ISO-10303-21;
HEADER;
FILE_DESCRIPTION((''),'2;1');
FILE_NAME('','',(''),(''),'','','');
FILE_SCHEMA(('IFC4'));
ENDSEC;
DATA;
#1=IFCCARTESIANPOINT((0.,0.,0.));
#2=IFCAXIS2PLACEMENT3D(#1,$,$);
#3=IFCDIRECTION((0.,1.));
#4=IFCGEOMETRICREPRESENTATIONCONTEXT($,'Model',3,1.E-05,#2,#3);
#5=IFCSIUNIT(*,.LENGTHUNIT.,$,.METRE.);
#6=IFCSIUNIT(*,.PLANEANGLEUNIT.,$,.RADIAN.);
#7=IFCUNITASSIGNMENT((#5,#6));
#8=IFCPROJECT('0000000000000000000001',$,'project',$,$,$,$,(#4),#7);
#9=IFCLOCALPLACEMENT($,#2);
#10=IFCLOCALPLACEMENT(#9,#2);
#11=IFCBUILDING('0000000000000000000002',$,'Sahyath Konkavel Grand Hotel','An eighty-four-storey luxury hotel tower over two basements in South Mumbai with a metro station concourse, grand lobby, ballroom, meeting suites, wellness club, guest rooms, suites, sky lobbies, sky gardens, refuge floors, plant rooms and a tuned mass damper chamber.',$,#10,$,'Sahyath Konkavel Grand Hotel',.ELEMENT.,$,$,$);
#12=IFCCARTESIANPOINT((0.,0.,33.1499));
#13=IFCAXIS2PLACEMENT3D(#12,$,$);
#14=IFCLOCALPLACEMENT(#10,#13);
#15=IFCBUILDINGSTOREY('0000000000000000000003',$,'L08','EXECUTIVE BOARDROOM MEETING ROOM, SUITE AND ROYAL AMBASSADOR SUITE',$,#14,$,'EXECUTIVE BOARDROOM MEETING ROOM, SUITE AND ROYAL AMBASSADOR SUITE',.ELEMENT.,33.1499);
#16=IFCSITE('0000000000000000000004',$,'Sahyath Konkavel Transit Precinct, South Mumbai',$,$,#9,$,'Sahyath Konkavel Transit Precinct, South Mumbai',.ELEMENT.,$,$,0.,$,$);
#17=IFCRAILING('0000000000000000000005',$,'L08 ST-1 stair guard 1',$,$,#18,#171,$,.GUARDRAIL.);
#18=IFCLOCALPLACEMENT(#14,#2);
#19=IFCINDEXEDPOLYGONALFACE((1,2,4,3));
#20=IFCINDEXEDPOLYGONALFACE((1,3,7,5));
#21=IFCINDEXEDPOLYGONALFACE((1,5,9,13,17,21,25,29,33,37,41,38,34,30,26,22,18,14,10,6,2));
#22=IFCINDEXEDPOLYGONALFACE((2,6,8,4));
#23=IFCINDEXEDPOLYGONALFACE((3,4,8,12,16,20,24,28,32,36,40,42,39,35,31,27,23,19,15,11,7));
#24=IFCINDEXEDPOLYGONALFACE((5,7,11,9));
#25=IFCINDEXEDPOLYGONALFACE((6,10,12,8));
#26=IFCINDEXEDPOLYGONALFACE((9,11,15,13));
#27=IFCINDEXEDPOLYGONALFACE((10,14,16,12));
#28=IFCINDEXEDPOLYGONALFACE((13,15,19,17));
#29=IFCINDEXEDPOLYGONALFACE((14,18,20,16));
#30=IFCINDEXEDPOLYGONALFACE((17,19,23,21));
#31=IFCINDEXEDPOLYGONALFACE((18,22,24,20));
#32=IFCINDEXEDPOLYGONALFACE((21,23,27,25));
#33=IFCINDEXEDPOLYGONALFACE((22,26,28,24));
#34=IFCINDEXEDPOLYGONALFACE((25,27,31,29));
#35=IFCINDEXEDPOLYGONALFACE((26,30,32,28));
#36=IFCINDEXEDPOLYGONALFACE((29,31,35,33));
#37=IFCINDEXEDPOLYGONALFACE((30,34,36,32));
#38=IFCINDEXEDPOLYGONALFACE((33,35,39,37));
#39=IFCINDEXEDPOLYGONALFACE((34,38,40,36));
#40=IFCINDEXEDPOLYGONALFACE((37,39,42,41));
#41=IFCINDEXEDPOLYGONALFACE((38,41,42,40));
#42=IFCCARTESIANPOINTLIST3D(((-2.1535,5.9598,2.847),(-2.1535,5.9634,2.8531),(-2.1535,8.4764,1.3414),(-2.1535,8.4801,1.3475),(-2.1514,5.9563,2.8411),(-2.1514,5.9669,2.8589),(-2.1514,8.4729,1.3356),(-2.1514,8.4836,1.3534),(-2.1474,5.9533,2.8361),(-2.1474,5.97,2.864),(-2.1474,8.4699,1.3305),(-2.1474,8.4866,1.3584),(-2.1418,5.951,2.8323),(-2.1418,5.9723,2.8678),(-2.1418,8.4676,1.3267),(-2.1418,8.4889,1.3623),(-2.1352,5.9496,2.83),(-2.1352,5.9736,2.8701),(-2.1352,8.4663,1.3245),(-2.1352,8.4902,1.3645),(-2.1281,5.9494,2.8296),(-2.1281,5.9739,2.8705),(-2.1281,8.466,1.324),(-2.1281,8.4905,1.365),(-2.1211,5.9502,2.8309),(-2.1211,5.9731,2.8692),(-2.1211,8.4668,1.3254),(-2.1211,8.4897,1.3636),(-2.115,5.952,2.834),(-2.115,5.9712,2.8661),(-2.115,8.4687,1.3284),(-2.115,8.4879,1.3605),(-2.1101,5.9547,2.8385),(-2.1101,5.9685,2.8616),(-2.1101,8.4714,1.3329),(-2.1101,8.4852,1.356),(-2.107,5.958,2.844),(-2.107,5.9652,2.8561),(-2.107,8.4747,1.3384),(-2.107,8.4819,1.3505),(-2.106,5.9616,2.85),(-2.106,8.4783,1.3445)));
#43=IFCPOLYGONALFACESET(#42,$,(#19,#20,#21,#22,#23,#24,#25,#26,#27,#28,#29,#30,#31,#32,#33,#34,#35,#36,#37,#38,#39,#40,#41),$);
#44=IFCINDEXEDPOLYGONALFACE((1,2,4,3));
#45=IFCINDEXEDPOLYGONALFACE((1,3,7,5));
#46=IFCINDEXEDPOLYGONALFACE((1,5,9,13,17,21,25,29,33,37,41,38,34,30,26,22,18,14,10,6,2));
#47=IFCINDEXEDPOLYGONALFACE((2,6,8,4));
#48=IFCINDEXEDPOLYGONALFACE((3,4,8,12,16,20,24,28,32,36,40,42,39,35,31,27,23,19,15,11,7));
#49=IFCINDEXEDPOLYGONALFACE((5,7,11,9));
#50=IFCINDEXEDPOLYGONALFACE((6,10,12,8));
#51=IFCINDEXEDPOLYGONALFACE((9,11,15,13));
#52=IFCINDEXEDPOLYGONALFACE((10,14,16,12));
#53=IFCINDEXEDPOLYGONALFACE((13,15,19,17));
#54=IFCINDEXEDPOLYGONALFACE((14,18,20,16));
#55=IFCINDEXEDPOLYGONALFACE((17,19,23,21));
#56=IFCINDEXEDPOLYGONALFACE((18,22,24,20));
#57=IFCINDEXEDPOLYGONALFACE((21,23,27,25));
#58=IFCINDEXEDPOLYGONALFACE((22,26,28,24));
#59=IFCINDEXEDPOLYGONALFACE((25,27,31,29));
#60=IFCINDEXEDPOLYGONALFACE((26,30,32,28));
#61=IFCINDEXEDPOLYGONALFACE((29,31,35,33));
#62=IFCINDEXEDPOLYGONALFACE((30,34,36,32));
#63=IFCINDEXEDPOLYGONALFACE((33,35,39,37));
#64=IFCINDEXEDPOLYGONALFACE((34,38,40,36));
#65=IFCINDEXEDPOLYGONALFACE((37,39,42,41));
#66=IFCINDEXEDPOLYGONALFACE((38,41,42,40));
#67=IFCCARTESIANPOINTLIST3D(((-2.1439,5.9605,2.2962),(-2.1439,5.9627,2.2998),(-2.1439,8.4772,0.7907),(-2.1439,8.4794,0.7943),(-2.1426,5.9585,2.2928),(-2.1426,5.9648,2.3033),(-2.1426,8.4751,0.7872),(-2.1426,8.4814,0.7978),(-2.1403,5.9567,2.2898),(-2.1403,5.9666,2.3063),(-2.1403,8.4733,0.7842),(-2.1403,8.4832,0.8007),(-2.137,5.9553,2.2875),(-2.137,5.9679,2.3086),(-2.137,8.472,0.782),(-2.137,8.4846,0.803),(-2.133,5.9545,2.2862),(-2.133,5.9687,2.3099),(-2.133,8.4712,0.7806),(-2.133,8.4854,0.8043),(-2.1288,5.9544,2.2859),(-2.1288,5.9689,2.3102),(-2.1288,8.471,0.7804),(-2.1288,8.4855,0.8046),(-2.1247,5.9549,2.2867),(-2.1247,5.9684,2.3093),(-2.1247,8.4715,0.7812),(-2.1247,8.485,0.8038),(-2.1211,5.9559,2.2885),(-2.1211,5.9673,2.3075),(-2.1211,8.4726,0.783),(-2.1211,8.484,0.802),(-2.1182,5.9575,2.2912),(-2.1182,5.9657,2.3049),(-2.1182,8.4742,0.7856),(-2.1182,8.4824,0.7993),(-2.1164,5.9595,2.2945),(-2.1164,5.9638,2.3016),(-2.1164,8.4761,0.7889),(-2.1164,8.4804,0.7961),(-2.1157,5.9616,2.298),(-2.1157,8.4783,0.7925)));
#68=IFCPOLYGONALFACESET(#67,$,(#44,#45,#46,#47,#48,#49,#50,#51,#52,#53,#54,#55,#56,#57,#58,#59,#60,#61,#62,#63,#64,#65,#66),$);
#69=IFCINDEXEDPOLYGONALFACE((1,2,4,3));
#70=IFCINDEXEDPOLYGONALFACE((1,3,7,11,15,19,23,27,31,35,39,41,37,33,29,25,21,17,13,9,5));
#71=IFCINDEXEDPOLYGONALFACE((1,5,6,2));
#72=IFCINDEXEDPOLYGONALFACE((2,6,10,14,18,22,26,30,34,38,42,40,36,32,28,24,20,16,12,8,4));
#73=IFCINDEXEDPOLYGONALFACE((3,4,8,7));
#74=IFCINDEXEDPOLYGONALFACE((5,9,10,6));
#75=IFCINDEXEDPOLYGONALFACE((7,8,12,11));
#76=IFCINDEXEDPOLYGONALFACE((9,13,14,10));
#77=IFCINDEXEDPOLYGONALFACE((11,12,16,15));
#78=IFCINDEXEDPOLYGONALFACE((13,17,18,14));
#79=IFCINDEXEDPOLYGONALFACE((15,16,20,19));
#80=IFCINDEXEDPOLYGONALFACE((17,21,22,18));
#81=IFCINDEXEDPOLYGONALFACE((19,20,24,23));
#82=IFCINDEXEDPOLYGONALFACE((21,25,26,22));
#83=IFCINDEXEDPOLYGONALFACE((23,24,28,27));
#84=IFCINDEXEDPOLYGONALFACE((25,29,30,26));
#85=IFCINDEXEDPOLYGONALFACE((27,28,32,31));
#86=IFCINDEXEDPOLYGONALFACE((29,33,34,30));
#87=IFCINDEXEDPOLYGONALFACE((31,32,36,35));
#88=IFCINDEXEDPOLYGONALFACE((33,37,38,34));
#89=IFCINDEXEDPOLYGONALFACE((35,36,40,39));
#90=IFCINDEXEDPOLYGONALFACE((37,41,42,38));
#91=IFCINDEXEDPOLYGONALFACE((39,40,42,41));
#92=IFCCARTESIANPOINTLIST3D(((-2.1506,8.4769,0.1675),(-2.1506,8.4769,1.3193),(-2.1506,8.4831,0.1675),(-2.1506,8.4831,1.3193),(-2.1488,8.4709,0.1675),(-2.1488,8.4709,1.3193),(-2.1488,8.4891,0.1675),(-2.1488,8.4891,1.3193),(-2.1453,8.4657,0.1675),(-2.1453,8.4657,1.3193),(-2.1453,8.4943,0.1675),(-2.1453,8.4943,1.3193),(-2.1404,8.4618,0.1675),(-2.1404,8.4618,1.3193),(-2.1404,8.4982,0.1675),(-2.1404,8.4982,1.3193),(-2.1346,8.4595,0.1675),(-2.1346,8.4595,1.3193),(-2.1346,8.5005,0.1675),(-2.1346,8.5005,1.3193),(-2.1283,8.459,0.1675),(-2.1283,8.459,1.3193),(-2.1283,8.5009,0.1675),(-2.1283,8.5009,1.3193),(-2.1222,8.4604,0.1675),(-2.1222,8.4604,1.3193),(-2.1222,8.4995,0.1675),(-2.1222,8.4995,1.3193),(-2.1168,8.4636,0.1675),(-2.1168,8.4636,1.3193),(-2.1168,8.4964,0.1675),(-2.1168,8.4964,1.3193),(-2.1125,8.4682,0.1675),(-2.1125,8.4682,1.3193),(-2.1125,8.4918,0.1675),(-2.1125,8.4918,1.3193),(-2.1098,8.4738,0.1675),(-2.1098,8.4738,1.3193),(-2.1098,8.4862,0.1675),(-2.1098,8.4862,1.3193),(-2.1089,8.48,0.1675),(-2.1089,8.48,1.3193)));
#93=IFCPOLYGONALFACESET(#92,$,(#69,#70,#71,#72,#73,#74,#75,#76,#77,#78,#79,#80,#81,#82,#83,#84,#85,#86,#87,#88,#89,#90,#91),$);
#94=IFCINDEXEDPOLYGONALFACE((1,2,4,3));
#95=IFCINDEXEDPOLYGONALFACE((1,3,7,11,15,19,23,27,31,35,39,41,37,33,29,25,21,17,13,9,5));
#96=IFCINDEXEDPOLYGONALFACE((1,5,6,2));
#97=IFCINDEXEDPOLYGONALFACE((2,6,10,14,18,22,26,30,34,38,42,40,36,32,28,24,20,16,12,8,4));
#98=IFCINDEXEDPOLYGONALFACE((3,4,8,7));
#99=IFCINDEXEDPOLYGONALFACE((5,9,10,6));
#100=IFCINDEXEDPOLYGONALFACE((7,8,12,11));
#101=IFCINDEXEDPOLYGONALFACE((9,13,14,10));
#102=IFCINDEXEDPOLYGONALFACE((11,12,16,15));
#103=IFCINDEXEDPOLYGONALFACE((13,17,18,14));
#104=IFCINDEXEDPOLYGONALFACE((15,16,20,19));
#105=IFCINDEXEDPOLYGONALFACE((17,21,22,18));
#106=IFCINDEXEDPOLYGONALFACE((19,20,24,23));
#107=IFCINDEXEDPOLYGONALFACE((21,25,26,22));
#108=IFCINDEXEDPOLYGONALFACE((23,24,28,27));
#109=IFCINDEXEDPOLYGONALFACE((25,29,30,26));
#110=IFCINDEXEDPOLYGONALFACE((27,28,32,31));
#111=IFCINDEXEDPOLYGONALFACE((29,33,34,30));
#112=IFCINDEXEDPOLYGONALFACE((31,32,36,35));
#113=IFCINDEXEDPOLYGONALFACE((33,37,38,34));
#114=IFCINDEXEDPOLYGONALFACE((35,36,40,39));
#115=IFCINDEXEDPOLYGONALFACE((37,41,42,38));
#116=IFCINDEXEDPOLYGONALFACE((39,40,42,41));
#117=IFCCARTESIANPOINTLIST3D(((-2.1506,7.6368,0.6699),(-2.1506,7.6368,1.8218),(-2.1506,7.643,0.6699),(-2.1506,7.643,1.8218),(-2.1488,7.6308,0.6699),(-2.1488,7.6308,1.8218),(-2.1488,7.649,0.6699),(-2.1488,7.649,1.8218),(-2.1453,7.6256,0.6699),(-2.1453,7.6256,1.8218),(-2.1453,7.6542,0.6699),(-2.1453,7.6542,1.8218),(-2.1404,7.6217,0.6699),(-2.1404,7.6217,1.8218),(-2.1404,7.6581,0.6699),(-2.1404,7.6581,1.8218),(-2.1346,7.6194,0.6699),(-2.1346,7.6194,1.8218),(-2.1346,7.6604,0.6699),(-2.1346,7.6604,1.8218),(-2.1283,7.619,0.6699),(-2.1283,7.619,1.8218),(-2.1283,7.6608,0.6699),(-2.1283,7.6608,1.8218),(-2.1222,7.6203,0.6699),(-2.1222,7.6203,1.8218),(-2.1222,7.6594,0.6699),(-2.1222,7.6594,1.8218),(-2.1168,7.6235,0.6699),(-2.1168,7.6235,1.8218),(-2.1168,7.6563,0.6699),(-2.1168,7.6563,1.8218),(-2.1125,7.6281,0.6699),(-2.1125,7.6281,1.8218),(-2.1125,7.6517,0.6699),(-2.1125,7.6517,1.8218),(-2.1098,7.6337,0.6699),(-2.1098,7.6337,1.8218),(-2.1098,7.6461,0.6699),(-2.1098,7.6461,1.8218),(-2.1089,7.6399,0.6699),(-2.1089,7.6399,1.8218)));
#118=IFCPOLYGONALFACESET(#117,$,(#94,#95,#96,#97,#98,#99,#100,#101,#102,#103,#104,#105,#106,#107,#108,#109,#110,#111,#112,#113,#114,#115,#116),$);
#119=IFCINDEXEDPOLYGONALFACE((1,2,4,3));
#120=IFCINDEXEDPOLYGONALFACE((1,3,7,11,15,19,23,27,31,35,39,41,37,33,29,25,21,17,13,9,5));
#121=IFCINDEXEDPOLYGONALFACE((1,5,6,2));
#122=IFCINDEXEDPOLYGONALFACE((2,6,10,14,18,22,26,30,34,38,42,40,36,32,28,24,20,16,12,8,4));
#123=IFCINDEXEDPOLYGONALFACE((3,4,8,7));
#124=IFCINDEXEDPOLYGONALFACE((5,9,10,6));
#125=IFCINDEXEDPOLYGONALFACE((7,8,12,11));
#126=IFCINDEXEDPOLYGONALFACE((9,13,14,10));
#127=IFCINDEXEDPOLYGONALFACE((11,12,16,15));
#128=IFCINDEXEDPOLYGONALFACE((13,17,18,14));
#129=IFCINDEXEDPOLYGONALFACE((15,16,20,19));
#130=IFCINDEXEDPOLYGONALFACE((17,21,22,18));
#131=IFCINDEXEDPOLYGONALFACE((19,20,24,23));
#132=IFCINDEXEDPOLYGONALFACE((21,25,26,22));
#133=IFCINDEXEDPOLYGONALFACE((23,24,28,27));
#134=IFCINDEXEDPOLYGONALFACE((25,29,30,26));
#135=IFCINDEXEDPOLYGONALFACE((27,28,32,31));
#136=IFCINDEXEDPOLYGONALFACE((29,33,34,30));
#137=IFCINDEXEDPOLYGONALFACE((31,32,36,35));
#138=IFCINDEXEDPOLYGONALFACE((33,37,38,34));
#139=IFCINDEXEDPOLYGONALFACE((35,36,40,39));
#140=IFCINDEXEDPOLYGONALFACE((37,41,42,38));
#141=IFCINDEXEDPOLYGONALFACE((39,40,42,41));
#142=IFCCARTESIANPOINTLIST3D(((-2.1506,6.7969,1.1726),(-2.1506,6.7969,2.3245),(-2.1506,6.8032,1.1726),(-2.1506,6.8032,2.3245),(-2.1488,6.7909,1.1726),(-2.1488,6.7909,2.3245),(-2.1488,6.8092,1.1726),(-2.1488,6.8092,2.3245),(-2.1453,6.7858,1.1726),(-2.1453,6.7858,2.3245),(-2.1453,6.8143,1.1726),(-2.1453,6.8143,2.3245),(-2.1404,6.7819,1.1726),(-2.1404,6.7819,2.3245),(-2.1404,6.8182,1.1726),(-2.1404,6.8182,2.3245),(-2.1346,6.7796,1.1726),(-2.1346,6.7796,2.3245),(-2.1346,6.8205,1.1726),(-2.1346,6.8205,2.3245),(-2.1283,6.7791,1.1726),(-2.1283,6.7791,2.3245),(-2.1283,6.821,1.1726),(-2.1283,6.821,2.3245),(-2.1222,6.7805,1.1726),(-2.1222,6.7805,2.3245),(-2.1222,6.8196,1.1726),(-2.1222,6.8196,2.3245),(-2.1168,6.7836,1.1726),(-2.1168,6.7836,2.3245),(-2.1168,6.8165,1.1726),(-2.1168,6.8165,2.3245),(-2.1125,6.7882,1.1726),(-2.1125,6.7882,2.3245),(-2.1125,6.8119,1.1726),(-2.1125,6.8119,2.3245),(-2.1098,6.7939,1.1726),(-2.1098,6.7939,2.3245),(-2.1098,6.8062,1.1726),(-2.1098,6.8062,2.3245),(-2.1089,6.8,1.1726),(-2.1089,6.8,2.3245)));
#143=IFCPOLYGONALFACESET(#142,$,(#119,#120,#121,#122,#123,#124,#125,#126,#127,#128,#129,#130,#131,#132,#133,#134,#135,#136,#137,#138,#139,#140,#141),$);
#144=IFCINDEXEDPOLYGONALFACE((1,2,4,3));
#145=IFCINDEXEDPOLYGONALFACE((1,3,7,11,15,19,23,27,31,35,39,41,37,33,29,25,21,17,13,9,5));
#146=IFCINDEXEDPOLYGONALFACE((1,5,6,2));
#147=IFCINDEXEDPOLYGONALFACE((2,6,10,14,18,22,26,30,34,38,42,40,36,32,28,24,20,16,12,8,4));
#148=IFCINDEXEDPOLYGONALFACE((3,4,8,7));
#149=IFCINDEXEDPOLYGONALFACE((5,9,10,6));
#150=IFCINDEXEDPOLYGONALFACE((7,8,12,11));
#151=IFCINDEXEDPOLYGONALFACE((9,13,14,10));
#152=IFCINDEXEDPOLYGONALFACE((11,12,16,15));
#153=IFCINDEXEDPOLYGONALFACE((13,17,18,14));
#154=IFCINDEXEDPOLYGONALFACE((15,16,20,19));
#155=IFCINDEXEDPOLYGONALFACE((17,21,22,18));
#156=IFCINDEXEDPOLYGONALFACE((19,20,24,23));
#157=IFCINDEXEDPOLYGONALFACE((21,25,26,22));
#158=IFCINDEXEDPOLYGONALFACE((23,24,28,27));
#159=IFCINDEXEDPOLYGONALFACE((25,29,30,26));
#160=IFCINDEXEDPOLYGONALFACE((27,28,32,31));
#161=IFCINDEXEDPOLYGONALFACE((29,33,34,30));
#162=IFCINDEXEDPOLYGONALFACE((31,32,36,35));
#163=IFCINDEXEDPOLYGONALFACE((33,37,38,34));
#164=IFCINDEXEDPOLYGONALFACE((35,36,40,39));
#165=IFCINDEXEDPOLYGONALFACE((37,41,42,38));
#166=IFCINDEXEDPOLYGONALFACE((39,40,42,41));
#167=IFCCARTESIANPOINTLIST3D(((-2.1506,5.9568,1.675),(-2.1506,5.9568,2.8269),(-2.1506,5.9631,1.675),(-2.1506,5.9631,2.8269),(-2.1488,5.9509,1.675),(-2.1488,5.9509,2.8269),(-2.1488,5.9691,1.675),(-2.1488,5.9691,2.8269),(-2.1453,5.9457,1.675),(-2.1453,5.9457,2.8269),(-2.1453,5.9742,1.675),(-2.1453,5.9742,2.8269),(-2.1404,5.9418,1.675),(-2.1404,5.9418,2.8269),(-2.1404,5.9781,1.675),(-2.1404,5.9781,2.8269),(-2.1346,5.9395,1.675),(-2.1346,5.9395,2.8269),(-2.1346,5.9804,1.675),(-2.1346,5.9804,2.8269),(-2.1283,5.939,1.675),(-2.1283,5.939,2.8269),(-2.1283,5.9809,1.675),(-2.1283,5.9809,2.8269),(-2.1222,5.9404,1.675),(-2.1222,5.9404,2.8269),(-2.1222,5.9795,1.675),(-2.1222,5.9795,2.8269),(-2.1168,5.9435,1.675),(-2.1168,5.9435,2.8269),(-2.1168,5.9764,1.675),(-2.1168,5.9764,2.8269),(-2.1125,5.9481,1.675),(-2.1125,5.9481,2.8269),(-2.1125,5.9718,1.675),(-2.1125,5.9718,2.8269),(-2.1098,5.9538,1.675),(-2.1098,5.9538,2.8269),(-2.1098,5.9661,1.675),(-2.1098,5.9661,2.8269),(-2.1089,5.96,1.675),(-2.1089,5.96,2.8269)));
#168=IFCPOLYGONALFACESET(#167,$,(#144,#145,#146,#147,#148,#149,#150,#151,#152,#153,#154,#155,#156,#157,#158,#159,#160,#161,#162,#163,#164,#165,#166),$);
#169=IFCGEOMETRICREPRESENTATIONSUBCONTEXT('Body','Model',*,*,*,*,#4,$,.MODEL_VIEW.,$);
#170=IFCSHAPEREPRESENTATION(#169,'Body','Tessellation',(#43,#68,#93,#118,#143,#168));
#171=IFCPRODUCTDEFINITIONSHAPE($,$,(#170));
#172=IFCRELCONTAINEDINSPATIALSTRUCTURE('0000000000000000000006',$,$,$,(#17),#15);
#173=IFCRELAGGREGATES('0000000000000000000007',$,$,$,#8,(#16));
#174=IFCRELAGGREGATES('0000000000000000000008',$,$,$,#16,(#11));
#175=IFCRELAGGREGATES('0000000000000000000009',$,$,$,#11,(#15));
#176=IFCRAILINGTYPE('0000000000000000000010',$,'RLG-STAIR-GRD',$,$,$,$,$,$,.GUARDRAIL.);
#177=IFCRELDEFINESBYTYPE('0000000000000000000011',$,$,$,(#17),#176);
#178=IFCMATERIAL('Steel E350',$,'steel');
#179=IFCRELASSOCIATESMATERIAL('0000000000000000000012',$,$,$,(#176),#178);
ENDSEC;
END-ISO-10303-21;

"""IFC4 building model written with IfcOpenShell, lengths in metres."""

from ifc_helpers import new_model, si_unit, direction, frame, origin, origin_2d, place, context, subcontext, project, spatial, circle, extrude, material, type_object, element, save


model = new_model("IFC4")

# Units and contexts
model_context = context("Model", 3, precision=1e-05, world=origin(), true_north=direction((0.0, 1.0)))
body_context = subcontext(model_context, "Body", "Model", "MODEL_VIEW")
ifc_project = project(units=[si_unit("LENGTHUNIT", "METRE"), si_unit("PLANEANGLEUNIT", "RADIAN")], contexts=[model_context])

# Site, building, storey
site_placement = place(None, origin())
site = spatial("IfcSite", under=ifc_project, at=site_placement, Name="Sahyath Konkavel Transit Precinct, South Mumbai", LongName="Sahyath Konkavel Transit Precinct, South Mumbai", CompositionType="ELEMENT", RefElevation=0.0)
building_placement = place(site_placement, origin())
building = spatial("IfcBuilding", under=site, at=building_placement, Name="Sahyath Konkavel Grand Hotel", Description="An eighty-four-storey luxury hotel tower over two basements in South Mumbai with a metro station concourse, grand lobby, ballroom, meeting suites, wellness club, guest rooms, suites, sky lobbies, sky gardens, refuge floors, plant rooms and a tuned mass damper chamber.", LongName="Sahyath Konkavel Grand Hotel", CompositionType="ELEMENT")
storey_placement = place(building_placement, frame((0.0, 0.0, 33.1499)))
storey = spatial("IfcBuildingStorey", under=building, at=storey_placement, Name="L08", Description="EXECUTIVE BOARDROOM MEETING ROOM, SUITE AND ROYAL AMBASSADOR SUITE", LongName="EXECUTIVE BOARDROOM MEETING ROOM, SUITE AND ROYAL AMBASSADOR SUITE", CompositionType="ELEMENT", Elevation=33.1499)

# Shared definitions
ifc_material_1 = material(Name="Steel E350", Category="steel")

# Railing
railing_type_1 = type_object("IfcRailingType", Name="RLG-STAIR-GRD", PredefinedType="GUARDRAIL", material=ifc_material_1)
railing_1_placement = place(storey_placement, frame((-2.1299, 8.48, 0.1675)))
element("IfcRailing", 1, at=railing_1_placement, inside=storey, type_object=railing_type_1, Name="L08 ST-1 stair guard 1", PredefinedType="GUARDRAIL", context=body_context, shape_type="SweptSolid", body=[
    extrude(circle(Radius=0.0239, at=origin_2d()), frame((0.0, -0.0017, 1.177), z_axis=(0.0, -0.85816, 0.513383), x_axis=(1.0, 0.0, 0.0)), (0.0, 0.0, 1.0), 2.9326),
    extrude(circle(Radius=0.0142, at=origin_2d()), frame((0.0, -0.0017, 0.625), z_axis=(0.0, -0.85816, 0.513383), x_axis=(1.0, 0.0, 0.0)), (0.0, 0.0, 1.0), 2.9326),
    extrude(circle(Radius=0.021, at=origin_2d()), origin(), (0.0, 0.0, 1.0), 1.1519),
    extrude(circle(Radius=0.021, at=origin_2d()), frame((0.0, -0.8401, 0.5024)), (0.0, 0.0, 1.0), 1.1519),
    extrude(circle(Radius=0.021, at=origin_2d()), frame((0.0, -1.6799, 1.0051)), (0.0, 0.0, 1.0), 1.1519),
    extrude(circle(Radius=0.021, at=origin_2d()), frame((0.0, -2.52, 1.5076)), (0.0, 0.0, 1.0), 1.1519),
])

save(model, "model.ifc")
